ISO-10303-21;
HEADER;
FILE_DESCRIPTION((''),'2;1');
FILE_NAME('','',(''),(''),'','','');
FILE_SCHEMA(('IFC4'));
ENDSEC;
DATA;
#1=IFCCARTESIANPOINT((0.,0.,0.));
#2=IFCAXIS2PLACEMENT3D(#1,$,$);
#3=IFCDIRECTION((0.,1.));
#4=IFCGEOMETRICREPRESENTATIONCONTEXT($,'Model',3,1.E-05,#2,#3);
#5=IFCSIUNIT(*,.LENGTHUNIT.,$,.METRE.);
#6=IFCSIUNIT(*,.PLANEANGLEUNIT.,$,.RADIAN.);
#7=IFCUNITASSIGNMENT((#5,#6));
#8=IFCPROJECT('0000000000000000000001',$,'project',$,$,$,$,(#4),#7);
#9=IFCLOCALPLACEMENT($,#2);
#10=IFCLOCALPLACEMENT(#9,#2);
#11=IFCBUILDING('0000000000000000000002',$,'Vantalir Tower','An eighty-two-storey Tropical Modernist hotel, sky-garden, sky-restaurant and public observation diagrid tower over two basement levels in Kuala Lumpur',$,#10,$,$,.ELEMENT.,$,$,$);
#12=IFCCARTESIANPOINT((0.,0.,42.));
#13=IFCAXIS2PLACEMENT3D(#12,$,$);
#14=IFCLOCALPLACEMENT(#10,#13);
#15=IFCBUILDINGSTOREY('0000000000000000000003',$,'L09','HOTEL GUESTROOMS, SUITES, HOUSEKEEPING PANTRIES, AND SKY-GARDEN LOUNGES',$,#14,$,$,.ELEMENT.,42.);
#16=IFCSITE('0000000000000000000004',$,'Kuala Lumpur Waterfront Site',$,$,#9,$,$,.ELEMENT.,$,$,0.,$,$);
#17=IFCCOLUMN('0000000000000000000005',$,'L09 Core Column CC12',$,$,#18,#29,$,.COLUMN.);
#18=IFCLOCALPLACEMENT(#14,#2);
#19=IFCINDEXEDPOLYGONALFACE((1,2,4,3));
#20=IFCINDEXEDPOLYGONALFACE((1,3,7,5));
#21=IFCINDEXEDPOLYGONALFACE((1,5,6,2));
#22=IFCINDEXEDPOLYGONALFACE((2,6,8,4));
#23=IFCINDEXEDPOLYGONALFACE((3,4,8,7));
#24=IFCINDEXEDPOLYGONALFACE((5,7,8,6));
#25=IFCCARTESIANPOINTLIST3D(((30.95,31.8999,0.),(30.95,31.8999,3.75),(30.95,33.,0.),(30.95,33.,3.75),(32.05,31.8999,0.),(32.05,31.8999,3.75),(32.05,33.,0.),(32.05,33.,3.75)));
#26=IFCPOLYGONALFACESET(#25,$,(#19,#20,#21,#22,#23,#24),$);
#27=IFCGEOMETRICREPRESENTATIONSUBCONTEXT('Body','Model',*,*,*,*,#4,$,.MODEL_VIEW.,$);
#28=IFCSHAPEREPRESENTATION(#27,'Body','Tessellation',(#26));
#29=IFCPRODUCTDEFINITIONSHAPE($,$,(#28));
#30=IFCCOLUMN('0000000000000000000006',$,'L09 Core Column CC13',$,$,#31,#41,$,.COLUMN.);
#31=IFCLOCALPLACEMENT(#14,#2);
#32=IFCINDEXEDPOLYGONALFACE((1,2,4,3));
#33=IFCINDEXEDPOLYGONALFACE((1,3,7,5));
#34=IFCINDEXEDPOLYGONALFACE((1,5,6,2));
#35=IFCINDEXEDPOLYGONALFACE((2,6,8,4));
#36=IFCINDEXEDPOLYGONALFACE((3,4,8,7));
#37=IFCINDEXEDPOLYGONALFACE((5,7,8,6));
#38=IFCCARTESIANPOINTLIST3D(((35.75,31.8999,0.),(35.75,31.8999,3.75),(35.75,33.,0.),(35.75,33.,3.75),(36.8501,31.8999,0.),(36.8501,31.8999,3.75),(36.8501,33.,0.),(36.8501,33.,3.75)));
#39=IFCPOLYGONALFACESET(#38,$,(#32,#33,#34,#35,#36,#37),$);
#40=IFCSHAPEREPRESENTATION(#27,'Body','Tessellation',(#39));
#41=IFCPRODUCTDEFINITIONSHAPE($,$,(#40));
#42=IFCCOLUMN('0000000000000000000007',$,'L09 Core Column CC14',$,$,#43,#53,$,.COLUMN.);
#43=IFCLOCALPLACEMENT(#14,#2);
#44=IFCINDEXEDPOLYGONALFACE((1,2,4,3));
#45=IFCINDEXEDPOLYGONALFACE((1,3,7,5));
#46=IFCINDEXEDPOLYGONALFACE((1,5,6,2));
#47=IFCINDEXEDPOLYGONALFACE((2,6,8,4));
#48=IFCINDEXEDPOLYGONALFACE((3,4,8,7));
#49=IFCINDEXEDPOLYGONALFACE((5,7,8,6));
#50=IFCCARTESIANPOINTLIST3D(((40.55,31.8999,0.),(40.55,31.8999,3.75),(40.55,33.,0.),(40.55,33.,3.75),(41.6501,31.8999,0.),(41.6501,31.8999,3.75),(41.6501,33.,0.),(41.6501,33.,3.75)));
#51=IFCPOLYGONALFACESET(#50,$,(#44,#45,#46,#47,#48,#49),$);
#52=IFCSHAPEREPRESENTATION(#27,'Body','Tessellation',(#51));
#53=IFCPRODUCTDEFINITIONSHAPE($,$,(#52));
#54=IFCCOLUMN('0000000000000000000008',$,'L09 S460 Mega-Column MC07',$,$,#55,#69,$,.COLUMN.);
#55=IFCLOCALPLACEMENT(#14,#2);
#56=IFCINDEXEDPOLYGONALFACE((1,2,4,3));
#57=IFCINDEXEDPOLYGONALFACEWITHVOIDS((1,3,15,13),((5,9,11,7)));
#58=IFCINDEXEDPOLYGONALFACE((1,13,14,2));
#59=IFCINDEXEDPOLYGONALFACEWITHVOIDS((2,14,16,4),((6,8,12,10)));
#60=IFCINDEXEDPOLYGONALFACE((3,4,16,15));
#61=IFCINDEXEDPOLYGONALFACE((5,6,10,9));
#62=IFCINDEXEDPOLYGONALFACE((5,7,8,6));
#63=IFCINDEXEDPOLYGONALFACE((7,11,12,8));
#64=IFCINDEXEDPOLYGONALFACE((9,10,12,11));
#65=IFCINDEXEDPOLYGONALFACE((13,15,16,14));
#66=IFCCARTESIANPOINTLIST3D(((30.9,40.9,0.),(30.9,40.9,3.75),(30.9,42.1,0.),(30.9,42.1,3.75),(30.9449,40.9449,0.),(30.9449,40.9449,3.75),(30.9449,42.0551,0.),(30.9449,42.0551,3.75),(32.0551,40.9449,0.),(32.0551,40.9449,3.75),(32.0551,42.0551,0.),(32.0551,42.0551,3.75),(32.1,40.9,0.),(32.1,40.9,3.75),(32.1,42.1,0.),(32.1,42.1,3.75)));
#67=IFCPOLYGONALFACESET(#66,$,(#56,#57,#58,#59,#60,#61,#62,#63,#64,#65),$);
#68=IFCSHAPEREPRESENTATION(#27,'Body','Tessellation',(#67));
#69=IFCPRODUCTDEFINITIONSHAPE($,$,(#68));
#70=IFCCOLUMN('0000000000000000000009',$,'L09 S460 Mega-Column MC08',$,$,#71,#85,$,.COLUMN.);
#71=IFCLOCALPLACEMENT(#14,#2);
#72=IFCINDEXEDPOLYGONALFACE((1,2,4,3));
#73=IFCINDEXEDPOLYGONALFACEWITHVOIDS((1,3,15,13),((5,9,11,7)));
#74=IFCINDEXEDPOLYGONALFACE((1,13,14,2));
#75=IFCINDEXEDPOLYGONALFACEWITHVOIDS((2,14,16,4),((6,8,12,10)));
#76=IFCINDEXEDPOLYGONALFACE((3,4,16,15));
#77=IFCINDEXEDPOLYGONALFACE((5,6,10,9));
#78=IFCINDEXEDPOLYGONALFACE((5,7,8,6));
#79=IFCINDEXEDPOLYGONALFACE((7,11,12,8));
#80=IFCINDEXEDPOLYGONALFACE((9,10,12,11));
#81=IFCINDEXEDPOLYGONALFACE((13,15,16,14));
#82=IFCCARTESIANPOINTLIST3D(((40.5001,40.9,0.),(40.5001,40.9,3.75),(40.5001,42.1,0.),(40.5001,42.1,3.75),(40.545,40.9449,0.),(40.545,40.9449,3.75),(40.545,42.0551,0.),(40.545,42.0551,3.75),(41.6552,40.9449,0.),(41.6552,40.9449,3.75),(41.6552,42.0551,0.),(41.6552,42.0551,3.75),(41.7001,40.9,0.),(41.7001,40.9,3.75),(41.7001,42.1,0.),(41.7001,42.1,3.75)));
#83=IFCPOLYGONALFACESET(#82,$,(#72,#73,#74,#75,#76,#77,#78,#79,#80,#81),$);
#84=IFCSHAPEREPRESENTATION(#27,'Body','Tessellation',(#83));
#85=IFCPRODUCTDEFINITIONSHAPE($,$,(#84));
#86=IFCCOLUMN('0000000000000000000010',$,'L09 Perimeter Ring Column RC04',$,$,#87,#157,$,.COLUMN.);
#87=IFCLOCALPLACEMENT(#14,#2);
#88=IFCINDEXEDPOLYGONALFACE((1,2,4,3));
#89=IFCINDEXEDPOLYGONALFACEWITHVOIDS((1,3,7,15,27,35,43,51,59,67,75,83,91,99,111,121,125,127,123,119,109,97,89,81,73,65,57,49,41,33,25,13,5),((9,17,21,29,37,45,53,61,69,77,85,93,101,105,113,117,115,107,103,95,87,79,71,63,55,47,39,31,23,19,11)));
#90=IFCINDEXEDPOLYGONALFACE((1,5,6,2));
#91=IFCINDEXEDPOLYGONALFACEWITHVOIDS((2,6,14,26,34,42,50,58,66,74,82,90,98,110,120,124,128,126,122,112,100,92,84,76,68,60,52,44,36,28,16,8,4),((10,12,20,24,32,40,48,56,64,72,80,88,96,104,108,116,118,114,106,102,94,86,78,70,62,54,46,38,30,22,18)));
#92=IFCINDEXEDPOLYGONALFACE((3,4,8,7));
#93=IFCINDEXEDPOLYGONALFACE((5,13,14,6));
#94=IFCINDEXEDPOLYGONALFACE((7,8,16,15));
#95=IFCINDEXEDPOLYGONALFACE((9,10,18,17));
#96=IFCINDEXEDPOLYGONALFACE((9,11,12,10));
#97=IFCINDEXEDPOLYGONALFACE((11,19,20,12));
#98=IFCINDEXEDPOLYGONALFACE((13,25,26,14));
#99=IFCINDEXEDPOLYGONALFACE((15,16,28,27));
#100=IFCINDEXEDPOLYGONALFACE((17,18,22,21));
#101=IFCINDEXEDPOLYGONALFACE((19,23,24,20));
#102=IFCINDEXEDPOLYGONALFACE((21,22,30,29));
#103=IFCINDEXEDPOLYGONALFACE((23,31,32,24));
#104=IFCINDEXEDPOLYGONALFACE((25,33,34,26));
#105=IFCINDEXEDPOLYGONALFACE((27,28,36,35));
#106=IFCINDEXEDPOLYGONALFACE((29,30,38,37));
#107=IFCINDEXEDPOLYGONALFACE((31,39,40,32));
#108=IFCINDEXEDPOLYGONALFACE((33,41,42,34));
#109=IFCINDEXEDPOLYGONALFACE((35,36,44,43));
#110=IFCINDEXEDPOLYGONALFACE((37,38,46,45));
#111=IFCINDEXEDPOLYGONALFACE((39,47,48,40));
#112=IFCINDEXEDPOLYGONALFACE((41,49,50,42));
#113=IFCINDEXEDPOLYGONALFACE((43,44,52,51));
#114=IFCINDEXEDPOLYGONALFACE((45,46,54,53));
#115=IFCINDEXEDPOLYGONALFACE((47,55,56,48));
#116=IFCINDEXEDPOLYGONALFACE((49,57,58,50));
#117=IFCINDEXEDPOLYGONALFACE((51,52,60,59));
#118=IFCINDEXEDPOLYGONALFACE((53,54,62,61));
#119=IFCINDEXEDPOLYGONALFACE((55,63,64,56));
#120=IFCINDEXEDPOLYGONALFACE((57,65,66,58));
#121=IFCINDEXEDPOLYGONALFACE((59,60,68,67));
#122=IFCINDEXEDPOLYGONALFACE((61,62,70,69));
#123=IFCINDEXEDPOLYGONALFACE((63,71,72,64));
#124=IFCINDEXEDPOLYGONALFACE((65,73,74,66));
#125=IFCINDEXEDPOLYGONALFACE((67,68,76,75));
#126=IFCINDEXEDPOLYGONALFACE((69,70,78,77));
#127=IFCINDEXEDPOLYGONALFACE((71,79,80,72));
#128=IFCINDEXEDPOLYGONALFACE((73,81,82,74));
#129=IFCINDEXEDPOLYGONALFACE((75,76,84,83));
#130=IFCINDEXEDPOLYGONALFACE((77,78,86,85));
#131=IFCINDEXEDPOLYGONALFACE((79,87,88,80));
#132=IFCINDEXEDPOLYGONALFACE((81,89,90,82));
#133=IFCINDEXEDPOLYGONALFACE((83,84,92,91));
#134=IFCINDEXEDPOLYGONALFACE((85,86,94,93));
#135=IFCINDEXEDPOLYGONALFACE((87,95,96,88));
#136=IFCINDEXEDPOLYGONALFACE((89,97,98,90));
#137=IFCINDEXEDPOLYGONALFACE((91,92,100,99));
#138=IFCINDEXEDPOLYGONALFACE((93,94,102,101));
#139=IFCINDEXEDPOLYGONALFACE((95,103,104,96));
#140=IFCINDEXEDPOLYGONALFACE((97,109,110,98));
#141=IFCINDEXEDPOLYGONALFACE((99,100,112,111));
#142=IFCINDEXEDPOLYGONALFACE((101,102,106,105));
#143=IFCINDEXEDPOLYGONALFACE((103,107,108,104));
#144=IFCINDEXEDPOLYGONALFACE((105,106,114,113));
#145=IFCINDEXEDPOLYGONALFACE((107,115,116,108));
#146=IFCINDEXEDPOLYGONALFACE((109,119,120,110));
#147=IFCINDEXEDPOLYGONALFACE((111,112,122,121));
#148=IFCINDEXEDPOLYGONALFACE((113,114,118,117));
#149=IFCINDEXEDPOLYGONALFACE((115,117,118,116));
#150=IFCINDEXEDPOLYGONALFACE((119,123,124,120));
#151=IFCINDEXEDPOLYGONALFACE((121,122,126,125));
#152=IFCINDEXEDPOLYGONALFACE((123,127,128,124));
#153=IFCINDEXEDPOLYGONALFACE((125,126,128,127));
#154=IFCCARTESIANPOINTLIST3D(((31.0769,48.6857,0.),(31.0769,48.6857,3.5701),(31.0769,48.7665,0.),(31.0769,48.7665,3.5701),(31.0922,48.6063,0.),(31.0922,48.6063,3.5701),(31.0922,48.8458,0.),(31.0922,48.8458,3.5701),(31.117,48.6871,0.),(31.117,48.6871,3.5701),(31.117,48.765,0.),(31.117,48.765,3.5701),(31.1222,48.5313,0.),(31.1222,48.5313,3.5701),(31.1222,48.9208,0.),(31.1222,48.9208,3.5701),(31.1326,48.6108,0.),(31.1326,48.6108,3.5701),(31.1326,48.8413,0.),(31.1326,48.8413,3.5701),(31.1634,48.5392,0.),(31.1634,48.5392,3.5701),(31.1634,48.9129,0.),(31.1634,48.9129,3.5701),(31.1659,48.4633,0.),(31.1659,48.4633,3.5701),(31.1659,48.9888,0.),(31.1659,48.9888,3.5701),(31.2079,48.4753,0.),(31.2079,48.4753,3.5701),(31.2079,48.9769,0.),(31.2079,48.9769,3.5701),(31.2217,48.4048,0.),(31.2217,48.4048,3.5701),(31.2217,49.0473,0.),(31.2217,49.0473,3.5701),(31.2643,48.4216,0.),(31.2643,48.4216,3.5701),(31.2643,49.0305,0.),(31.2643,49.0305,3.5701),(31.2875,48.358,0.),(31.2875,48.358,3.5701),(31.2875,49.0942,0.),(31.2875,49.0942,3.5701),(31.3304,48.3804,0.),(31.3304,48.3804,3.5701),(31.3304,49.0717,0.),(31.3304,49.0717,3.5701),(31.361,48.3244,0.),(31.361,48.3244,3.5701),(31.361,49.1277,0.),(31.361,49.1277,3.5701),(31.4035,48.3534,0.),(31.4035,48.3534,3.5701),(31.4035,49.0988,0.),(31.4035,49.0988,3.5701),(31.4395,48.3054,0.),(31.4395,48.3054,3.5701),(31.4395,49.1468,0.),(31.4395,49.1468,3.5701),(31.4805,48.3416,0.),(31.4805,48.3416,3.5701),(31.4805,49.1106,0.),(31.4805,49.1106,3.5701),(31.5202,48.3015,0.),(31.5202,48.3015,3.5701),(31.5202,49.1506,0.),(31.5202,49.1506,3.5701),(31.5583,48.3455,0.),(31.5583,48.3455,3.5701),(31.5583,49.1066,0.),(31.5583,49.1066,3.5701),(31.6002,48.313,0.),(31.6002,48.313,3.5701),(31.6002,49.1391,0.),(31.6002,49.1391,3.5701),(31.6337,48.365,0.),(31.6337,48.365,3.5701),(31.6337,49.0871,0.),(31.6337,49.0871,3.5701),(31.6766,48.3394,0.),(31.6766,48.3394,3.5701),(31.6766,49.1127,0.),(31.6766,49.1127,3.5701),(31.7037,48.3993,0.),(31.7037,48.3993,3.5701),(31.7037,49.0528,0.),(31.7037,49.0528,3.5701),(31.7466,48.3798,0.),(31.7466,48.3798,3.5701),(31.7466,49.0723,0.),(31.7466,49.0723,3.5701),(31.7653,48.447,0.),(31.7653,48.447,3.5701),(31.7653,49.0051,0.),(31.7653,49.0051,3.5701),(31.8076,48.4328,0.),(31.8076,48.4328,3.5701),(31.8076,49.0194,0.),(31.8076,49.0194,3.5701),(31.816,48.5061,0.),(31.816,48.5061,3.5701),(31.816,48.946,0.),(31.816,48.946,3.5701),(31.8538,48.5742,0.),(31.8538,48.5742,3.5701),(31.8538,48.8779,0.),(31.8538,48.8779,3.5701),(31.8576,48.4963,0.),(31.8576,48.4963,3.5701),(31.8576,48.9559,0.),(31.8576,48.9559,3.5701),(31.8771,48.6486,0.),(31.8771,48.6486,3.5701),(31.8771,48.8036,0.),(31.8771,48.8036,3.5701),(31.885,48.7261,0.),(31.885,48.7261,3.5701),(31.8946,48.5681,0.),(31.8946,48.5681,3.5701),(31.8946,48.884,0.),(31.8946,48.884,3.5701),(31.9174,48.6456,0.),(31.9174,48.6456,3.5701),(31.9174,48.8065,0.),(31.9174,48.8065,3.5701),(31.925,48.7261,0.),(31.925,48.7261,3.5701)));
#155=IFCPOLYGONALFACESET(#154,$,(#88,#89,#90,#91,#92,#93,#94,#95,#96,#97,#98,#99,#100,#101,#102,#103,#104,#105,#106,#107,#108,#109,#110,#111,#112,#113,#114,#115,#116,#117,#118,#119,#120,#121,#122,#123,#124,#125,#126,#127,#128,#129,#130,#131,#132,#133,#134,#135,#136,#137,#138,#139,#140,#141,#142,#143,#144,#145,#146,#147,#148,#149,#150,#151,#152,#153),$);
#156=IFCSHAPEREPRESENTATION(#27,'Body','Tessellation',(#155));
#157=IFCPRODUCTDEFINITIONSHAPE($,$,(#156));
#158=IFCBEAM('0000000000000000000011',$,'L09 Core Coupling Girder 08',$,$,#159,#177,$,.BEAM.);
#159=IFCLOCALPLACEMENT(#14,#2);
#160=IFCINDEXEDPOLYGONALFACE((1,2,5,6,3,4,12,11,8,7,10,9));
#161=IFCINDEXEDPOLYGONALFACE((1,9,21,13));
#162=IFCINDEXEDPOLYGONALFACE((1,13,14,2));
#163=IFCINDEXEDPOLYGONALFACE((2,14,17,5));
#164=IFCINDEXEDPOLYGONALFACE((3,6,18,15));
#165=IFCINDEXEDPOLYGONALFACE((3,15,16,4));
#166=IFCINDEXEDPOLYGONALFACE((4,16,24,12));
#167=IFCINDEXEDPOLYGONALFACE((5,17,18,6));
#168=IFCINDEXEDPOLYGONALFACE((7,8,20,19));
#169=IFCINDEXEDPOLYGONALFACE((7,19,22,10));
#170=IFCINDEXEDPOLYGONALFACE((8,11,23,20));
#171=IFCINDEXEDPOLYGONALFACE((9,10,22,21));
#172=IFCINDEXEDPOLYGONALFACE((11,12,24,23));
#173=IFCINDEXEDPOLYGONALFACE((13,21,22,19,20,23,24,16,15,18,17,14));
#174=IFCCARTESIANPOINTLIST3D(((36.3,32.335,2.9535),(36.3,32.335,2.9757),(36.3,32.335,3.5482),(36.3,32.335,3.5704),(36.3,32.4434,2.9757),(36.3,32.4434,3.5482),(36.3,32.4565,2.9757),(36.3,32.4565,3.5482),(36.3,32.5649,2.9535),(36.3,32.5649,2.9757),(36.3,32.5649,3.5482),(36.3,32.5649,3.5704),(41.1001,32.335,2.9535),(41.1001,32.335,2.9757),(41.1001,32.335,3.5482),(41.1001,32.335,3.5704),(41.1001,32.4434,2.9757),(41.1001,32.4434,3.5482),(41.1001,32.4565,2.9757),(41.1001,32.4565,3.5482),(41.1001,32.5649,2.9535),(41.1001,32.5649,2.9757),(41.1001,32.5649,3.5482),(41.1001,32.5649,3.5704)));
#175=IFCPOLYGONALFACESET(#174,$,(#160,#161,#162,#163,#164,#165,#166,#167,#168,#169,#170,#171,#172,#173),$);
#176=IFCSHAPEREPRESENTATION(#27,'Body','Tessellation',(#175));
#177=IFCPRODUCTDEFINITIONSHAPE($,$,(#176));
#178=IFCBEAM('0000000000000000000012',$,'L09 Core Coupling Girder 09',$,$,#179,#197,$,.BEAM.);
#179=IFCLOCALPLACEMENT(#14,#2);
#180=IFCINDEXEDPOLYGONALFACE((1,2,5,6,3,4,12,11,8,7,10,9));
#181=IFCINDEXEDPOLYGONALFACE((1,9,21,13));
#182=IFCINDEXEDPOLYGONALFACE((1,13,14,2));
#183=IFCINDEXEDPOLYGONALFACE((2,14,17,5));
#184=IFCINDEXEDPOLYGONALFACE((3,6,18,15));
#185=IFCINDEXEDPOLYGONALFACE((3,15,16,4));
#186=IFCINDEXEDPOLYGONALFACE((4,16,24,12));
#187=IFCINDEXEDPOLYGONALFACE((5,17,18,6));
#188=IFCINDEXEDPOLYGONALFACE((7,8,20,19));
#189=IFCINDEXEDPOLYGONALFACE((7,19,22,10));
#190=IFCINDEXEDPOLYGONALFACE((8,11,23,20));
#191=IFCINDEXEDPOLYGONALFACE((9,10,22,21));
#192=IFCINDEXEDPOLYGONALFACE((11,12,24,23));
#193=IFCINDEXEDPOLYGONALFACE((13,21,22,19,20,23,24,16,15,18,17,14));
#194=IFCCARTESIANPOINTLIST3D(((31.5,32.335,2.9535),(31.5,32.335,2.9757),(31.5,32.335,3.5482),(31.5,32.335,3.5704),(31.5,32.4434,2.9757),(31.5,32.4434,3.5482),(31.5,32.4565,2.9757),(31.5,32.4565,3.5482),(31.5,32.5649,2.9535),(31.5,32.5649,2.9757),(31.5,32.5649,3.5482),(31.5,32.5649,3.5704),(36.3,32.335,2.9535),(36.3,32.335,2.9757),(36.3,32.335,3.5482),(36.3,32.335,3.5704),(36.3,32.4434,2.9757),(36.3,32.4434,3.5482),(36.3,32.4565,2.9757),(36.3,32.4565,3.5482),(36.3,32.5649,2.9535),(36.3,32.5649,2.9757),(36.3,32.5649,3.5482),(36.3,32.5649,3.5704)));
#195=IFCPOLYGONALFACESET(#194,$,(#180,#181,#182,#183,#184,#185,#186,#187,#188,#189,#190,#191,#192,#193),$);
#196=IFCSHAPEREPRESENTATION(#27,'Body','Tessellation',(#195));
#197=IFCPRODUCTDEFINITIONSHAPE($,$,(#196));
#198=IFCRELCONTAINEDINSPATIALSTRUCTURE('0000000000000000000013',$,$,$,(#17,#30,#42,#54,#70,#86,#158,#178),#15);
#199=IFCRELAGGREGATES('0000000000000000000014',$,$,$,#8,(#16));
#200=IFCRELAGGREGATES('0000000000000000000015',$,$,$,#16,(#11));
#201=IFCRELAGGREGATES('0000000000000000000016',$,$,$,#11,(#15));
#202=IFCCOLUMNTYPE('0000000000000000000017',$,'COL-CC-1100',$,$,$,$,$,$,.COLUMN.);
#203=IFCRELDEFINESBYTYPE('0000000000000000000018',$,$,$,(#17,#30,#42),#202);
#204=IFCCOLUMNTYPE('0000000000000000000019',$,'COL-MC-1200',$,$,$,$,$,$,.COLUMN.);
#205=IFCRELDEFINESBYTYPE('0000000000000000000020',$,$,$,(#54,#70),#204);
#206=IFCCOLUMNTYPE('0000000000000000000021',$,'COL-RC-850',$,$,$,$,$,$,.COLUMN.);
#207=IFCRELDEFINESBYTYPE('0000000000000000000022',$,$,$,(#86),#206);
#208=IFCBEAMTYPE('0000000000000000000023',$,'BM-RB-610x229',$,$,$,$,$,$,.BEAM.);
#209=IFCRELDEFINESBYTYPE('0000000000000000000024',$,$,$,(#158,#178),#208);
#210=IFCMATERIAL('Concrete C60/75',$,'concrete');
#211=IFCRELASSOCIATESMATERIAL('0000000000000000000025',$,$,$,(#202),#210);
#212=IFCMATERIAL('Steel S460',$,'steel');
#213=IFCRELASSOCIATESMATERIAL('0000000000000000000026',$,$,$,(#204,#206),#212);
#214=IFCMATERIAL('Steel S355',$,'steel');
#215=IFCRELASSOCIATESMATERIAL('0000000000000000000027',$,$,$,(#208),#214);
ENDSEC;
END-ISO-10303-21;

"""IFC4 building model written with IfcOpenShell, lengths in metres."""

from ifc_helpers import new_model, si_unit, direction, frame, origin, origin_2d, place, context, subcontext, project, spatial, rectangle, hollow_rectangle, hollow_circle, i_section, extrude, material, material_profile, profile_set, type_object, element, save


model = new_model("IFC4")

# Units and contexts
model_context = context("Model", 3, precision=1e-05, world=origin(), true_north=direction((0.0, 1.0)))
body_context = subcontext(model_context, "Body", "Model", "MODEL_VIEW")
ifc_project = project(units=[si_unit("LENGTHUNIT", "METRE"), si_unit("PLANEANGLEUNIT", "RADIAN")], contexts=[model_context])

# Site, building, storey
site_placement = place(None, origin())
site = spatial("IfcSite", under=ifc_project, at=site_placement, Name="Kuala Lumpur Waterfront Site", CompositionType="ELEMENT", RefElevation=0.0)
building_placement = place(site_placement, origin())
building = spatial("IfcBuilding", under=site, at=building_placement, Name="Vantalir Tower", Description="An eighty-two-storey Tropical Modernist hotel, sky-garden, sky-restaurant and public observation diagrid tower over two basement levels in Kuala Lumpur", CompositionType="ELEMENT")
storey_placement = place(building_placement, frame((0.0, 0.0, 42.0)))
storey = spatial("IfcBuildingStorey", under=building, at=storey_placement, Name="L09", Description="HOTEL GUESTROOMS, SUITES, HOUSEKEEPING PANTRIES, AND SKY-GARDEN LOUNGES", CompositionType="ELEMENT", Elevation=42.0)

# Columns
ifc_material_1 = material(Name="Concrete C60/75", Category="concrete")
ifc_material_profile_1 = material_profile(ifc_material_1, rectangle(XDim=1.1001, YDim=1.1001, at=origin_2d()), Name="Concrete C60/75")
ifc_profile_set_1 = profile_set([ifc_material_profile_1], Name="Concrete C60/75")
column_type_1 = type_object("IfcColumnType", Name="COL-CC-1100", PredefinedType="COLUMN", material=ifc_profile_set_1)
for number, where, z_axis, x_axis, name in (
    (1, (31.5, 32.45, 0.0), (0.0, 0.0, 1.0), (1.0, 0.0, 0.0), "L09 Core Column CC12"),
    (2, (36.3, 32.45, 0.0), (0.0, 0.0, 1.0), (1.0, 0.0, 0.0), "L09 Core Column CC13"),
    (3, (41.1001, 32.45, 0.0), (0.0, 0.0, 1.0), (1.0, 0.0, 0.0), "L09 Core Column CC14"),
):
    element("IfcColumn", number, at=place(storey_placement, frame(where, z_axis=z_axis, x_axis=x_axis)), inside=storey, type_object=column_type_1, Name=name, PredefinedType="COLUMN", context=body_context, shape_type="SweptSolid", body=[
        extrude(rectangle(XDim=1.1001, YDim=1.1001, at=origin_2d()), origin(), (0.0, 0.0, 1.0), 3.75),
    ])
ifc_material_2 = material(Name="Steel S460", Category="steel")
ifc_material_profile_2 = material_profile(ifc_material_2, hollow_rectangle(XDim=1.2, YDim=1.2, WallThickness=0.0449, at=origin_2d()), Name="Steel S460")
ifc_profile_set_2 = profile_set([ifc_material_profile_2], Name="Steel S460")
column_type_2 = type_object("IfcColumnType", Name="COL-MC-1200", PredefinedType="COLUMN", material=ifc_profile_set_2)
for number, where, z_axis, x_axis, name in (
    (4, (31.5, 41.5, 0.0), (0.0, 0.0, 1.0), (1.0, 0.0, 0.0), "L09 S460 Mega-Column MC07"),
    (5, (41.1001, 41.5, 0.0), (0.0, 0.0, 1.0), (1.0, 0.0, 0.0), "L09 S460 Mega-Column MC08"),
):
    element("IfcColumn", number, at=place(storey_placement, frame(where, z_axis=z_axis, x_axis=x_axis)), inside=storey, type_object=column_type_2, Name=name, PredefinedType="COLUMN", context=body_context, shape_type="SweptSolid", body=[
        extrude(hollow_rectangle(XDim=1.2, YDim=1.2, WallThickness=0.0449, at=origin_2d()), origin(), (0.0, 0.0, 1.0), 3.75),
    ])
ifc_material_profile_3 = material_profile(ifc_material_2, hollow_circle(Radius=0.425, WallThickness=0.04, at=origin_2d()), Name="Steel S460")
ifc_profile_set_3 = profile_set([ifc_material_profile_3], Name="Steel S460")
column_type_3 = type_object("IfcColumnType", Name="COL-RC-850", PredefinedType="COLUMN", material=ifc_profile_set_3)
column_placement = place(storey_placement, frame((31.5, 48.7261, 0.0), z_axis=(0.0, 0.0, 1.0), x_axis=(1.0, 0.0, 0.0)))
element("IfcColumn", 6, at=column_placement, inside=storey, type_object=column_type_3, Name="L09 Perimeter Ring Column RC04", PredefinedType="COLUMN", context=body_context, shape_type="SweptSolid", body=[
    extrude(hollow_circle(Radius=0.425, WallThickness=0.04, at=origin_2d()), origin(), (0.0, 0.0, 1.0), 3.5701),
])

# Beams
ifc_material_3 = material(Name="Steel S355", Category="steel")
ifc_material_profile_4 = material_profile(ifc_material_3, i_section(OverallWidth=0.23, OverallDepth=0.6169, WebThickness=0.0132, FlangeThickness=0.0222, at=origin_2d()), Name="Steel S355")
ifc_profile_set_4 = profile_set([ifc_material_profile_4], Name="Steel S355")
beam_type_1 = type_object("IfcBeamType", Name="BM-RB-610x229", PredefinedType="BEAM", material=ifc_profile_set_4)
for number, where, z_axis, x_axis, name in (
    (7, (41.1001, 32.45, 3.262), (-1.0, 0.0, 0.0), (0.0, -1.0, 0.0), "L09 Core Coupling Girder 08"),
    (8, (36.3, 32.45, 3.262), (-1.0, 0.0, 0.0), (0.0, -1.0, 0.0), "L09 Core Coupling Girder 09"),
):
    element("IfcBeam", number, at=place(storey_placement, frame(where, z_axis=z_axis, x_axis=x_axis)), inside=storey, type_object=beam_type_1, Name=name, PredefinedType="BEAM", context=body_context, shape_type="SweptSolid", body=[
        extrude(i_section(OverallWidth=0.23, OverallDepth=0.6169, WebThickness=0.0132, FlangeThickness=0.0222, at=origin_2d()), origin(), (0.0, 0.0, 1.0), 4.8),
    ])

save(model, "model.ifc")
